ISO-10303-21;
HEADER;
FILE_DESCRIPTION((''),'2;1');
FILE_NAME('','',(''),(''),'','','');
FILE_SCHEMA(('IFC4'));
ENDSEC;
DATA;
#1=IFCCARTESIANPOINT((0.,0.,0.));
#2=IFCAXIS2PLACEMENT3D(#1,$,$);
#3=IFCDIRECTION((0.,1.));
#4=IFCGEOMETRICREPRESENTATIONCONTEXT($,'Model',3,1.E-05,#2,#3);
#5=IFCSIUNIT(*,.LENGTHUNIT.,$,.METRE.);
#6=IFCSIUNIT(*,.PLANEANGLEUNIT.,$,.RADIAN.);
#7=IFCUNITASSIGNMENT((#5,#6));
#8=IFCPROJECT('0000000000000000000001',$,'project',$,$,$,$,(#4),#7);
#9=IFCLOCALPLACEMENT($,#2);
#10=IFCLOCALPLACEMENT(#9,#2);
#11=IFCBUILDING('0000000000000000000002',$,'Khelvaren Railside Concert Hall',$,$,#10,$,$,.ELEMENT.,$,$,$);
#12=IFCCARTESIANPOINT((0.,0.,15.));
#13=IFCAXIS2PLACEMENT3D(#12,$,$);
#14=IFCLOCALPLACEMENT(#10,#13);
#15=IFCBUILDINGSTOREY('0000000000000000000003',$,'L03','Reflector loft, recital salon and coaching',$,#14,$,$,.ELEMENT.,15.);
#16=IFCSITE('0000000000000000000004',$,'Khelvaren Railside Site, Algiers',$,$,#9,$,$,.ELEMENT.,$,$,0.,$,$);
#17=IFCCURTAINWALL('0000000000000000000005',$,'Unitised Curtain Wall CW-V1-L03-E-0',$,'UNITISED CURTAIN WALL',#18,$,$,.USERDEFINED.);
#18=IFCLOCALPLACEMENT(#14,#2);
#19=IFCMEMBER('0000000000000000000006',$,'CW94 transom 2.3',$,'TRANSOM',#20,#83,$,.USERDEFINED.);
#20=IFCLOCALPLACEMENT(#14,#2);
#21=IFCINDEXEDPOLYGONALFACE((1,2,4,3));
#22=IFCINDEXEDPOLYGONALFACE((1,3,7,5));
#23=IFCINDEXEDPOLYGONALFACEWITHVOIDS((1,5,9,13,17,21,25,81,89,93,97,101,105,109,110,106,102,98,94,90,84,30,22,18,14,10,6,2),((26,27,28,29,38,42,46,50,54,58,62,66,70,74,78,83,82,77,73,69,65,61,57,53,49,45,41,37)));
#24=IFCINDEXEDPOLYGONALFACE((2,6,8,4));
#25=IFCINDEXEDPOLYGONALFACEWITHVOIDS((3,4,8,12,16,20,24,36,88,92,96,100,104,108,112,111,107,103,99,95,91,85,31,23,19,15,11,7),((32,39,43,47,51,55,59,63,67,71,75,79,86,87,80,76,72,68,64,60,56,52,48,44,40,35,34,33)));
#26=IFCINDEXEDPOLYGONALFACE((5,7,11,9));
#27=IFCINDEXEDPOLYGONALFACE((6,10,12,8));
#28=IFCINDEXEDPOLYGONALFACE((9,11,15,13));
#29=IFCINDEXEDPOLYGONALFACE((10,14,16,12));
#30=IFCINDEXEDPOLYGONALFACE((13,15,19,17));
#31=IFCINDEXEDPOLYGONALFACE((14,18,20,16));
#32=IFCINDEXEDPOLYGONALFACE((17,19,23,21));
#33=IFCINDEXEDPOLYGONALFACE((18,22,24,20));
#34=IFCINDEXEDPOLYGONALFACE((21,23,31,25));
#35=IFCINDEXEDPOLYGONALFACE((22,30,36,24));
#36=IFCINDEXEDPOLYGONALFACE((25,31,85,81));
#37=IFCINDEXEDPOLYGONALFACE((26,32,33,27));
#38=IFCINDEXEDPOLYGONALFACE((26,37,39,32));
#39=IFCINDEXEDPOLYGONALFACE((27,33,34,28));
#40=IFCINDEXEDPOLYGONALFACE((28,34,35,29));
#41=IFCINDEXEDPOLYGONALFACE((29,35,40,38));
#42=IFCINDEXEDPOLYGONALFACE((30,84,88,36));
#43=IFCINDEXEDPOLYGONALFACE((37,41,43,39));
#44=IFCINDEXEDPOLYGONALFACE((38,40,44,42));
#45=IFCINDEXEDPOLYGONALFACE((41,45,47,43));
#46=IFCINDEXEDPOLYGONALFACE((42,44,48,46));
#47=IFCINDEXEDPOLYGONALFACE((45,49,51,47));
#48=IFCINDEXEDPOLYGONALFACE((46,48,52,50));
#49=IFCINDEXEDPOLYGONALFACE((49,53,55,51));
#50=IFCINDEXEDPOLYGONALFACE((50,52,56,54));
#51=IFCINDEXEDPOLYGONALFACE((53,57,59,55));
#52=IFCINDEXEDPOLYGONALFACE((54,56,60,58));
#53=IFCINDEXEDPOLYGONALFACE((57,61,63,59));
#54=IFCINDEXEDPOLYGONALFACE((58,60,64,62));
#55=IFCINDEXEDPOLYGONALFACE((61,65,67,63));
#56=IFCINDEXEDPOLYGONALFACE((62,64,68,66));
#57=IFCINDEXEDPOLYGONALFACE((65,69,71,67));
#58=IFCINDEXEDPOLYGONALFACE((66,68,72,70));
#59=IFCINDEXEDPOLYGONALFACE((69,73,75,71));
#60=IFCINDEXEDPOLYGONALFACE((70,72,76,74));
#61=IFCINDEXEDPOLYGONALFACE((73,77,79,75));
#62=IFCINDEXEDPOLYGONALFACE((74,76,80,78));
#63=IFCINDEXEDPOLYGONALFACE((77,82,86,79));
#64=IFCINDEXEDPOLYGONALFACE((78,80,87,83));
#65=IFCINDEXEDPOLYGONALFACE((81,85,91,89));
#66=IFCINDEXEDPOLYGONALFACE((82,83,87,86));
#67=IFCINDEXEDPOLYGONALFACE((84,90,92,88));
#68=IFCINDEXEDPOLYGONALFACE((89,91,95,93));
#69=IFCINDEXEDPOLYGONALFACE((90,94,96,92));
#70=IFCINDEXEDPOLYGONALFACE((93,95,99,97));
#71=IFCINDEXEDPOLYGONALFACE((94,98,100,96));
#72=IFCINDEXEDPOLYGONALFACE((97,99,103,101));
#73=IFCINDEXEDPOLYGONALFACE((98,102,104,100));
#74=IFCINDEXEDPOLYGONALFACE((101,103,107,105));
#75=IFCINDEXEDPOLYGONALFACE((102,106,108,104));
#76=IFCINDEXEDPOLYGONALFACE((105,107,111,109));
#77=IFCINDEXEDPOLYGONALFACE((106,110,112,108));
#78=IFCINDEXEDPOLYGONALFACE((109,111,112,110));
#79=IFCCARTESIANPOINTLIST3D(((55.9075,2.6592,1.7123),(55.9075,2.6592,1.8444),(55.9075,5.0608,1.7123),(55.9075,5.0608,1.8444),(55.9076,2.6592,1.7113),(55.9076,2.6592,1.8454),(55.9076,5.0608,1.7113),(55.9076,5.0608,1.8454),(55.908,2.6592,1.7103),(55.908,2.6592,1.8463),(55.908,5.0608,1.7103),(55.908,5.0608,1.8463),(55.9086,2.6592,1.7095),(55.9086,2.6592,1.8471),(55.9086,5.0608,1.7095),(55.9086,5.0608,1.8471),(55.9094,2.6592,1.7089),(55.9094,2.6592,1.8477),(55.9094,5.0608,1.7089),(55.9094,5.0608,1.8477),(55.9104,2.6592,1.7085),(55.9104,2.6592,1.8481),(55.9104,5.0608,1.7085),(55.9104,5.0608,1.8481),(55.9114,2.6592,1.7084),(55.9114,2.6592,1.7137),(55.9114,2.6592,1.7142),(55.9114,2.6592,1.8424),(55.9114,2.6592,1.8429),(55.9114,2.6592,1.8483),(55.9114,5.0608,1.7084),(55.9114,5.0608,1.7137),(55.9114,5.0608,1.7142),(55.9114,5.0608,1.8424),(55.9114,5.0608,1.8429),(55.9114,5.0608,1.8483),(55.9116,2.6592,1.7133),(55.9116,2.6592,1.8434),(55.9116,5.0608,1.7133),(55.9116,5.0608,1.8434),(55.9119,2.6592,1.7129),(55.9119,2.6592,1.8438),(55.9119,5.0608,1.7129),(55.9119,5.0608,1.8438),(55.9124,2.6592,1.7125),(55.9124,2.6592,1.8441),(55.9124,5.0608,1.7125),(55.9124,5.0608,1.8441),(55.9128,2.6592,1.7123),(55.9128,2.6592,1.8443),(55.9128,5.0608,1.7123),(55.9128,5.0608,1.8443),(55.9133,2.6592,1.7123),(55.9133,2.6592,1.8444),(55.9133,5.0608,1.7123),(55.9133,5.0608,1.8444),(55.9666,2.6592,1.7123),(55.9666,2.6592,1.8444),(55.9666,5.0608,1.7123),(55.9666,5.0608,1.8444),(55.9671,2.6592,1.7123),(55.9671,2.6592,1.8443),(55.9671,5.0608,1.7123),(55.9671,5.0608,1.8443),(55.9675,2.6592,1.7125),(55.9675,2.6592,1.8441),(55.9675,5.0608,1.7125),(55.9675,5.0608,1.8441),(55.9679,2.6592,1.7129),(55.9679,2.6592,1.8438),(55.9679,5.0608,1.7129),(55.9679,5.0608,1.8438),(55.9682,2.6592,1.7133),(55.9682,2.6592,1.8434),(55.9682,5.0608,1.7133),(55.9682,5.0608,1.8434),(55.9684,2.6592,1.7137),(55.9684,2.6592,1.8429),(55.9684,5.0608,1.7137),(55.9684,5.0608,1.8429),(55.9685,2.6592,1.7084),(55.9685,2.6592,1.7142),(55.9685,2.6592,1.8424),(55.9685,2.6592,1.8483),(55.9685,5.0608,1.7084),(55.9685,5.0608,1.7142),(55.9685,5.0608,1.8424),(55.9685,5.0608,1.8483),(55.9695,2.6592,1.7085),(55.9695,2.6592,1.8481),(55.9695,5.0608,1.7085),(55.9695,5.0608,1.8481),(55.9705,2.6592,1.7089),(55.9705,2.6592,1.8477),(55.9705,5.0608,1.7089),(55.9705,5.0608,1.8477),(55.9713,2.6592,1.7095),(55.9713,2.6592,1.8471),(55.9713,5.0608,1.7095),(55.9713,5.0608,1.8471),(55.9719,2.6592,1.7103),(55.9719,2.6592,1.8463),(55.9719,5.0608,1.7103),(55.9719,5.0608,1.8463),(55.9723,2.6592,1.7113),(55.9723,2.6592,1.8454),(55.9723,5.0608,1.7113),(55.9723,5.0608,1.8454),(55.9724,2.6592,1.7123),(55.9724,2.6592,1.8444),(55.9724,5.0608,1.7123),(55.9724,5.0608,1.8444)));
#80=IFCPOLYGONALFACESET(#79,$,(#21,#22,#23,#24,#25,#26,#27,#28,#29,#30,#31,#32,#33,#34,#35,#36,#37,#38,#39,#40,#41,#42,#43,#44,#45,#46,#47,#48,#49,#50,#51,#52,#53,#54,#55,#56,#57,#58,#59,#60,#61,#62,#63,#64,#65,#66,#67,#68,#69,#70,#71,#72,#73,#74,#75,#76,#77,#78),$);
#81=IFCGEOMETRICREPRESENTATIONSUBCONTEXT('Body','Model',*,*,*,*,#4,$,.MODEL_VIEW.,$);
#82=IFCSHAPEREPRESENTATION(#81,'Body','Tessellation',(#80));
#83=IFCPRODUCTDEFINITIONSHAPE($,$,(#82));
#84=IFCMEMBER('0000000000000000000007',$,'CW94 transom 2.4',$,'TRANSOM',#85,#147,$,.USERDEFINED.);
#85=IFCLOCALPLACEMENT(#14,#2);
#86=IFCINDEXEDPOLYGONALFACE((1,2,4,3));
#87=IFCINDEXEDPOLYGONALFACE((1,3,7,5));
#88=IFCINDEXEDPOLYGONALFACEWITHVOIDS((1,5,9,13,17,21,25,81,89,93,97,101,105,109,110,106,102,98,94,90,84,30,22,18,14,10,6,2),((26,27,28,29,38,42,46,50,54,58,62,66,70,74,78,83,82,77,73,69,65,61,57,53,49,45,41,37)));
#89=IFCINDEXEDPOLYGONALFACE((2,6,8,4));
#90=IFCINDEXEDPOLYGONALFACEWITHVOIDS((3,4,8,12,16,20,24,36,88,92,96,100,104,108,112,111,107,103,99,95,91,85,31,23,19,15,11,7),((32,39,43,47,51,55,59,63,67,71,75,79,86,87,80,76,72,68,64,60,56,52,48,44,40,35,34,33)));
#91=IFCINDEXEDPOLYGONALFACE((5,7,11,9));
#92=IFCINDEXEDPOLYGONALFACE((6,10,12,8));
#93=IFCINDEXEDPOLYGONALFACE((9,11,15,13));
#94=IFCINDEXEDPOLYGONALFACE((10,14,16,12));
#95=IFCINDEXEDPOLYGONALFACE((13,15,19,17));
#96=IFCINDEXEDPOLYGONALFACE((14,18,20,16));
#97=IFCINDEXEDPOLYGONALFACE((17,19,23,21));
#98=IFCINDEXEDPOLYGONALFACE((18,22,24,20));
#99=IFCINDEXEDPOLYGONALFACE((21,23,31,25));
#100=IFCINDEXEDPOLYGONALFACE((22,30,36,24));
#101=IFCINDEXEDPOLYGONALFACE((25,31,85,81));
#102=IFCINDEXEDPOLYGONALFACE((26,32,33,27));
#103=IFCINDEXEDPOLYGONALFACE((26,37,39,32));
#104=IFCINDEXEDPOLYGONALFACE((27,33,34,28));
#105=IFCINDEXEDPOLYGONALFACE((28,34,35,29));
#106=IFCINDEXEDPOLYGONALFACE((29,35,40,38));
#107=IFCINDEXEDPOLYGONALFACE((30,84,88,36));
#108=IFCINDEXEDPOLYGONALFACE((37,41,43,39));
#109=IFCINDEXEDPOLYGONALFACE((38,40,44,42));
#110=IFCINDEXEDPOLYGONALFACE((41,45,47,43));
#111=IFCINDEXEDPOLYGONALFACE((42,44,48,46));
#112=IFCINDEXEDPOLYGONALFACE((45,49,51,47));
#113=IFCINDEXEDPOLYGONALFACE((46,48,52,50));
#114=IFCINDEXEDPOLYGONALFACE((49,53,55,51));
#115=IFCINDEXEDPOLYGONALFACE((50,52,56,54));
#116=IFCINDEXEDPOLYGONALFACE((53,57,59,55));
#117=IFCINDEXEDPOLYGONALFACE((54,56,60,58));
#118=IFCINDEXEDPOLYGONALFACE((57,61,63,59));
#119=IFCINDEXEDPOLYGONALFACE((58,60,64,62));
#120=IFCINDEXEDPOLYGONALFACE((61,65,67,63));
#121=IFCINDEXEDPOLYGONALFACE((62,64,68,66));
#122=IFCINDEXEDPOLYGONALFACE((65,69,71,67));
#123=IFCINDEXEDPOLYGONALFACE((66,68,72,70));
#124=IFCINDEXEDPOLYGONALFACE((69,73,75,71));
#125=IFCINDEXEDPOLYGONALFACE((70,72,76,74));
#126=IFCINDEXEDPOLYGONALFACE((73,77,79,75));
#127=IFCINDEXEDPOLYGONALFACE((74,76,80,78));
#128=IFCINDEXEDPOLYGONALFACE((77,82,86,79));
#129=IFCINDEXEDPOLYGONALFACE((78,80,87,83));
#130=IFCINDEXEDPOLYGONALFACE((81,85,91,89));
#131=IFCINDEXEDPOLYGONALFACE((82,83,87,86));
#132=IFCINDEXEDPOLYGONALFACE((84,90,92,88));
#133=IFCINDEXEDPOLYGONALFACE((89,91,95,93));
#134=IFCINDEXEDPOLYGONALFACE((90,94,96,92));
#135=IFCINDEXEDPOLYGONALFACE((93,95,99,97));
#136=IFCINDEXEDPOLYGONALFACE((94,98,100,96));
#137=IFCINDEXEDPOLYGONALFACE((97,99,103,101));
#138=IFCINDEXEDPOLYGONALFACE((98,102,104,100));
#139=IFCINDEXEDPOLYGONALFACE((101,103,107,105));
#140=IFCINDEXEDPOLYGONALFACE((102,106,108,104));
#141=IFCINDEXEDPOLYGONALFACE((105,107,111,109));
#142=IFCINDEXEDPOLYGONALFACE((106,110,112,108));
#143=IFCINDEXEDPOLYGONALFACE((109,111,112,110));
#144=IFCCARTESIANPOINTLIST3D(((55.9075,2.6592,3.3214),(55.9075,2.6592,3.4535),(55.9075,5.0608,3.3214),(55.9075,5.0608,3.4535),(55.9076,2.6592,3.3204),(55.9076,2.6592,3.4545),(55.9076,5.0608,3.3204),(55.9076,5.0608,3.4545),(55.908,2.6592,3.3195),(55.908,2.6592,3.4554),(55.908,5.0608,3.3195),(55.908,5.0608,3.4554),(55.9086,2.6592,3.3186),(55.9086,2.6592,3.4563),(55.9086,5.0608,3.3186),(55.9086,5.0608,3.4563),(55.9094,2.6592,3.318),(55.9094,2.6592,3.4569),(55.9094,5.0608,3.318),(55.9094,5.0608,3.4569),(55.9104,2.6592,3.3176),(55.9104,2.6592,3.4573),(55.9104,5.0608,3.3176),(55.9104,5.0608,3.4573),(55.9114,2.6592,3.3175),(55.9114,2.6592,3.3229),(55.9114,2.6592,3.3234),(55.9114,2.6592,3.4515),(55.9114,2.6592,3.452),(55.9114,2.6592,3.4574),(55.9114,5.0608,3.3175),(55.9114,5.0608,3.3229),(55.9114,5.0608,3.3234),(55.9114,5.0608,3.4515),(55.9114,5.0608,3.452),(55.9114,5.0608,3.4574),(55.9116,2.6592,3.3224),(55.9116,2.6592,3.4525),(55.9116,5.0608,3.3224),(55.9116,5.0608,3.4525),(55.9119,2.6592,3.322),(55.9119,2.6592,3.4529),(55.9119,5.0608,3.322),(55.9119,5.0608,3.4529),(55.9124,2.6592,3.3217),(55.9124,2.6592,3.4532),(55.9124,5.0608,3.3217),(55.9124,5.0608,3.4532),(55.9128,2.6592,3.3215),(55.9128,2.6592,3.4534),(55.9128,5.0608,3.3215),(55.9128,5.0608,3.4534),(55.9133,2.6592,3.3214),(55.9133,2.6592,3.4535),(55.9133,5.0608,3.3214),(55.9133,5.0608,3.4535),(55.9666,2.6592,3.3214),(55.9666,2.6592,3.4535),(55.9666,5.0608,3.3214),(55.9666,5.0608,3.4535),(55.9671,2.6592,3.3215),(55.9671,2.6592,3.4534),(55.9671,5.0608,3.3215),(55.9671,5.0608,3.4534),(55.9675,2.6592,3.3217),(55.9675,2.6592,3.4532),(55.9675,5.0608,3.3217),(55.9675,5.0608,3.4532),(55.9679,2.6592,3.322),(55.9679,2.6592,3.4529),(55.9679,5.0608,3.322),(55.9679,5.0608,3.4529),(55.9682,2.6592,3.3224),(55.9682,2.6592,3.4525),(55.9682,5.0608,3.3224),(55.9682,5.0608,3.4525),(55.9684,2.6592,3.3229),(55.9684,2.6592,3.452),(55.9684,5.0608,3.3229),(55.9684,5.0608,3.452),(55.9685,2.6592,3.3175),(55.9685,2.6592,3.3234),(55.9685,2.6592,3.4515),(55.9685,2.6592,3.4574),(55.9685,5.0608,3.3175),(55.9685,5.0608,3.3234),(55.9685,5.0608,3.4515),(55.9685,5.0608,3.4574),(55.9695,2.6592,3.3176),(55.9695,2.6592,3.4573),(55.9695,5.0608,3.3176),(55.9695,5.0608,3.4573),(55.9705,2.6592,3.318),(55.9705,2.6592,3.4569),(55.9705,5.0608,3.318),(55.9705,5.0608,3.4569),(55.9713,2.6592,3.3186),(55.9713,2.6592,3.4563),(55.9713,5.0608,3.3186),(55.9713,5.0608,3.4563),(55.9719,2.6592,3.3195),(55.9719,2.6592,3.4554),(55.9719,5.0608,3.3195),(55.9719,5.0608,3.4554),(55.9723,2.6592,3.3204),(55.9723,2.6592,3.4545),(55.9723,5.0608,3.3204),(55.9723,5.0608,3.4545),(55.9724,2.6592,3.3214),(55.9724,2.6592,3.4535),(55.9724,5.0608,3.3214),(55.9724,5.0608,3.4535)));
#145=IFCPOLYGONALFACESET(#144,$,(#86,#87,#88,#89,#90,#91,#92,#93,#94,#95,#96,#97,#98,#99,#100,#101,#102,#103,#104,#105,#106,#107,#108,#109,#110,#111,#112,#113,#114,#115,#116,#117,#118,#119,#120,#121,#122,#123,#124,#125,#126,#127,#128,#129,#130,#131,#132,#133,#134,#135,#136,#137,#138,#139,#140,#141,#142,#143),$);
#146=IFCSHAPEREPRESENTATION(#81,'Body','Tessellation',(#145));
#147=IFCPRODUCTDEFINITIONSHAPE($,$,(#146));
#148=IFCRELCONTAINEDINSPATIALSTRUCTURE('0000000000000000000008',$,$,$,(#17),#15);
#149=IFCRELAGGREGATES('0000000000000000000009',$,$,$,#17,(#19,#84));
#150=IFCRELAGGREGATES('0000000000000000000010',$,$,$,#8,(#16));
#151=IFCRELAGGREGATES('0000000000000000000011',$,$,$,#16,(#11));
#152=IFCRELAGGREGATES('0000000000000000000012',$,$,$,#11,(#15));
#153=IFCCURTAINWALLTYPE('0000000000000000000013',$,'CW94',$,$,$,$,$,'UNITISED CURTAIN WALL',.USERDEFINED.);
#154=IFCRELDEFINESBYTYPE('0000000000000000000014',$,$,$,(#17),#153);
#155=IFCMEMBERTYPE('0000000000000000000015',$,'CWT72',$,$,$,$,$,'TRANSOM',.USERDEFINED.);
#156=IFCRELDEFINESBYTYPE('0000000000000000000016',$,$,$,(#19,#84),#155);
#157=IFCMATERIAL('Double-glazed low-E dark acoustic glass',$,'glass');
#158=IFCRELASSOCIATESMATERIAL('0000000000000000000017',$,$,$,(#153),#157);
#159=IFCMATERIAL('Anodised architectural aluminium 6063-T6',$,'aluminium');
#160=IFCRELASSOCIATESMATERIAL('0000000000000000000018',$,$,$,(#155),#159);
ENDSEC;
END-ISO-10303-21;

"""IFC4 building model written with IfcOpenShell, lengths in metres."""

from ifc_helpers import new_model, si_unit, direction, frame, origin, origin_2d, place, context, subcontext, project, spatial, hollow_rectangle, extrude, material, material_profile, profile_set, type_object, element, aggregate, save


model = new_model("IFC4")

# Units and contexts
model_context = context("Model", 3, precision=1e-05, world=origin(), true_north=direction((0.0, 1.0)))
body_context = subcontext(model_context, "Body", "Model", "MODEL_VIEW")
ifc_project = project(units=[si_unit("LENGTHUNIT", "METRE"), si_unit("PLANEANGLEUNIT", "RADIAN")], contexts=[model_context])

# Site, building, storey
site_placement = place(None, origin())
site = spatial("IfcSite", under=ifc_project, at=site_placement, Name="Khelvaren Railside Site, Algiers", CompositionType="ELEMENT", RefElevation=0.0)
building_placement = place(site_placement, origin())
building = spatial("IfcBuilding", under=site, at=building_placement, Name="Khelvaren Railside Concert Hall", CompositionType="ELEMENT")
storey_placement = place(building_placement, frame((0.0, 0.0, 15.0)))
storey = spatial("IfcBuildingStorey", under=building, at=storey_placement, Name="L03", Description="Reflector loft, recital salon and coaching", CompositionType="ELEMENT", Elevation=15.0)

# Curtain wall
ifc_material_1 = material(Name="Double-glazed low-E dark acoustic glass", Category="glass")
curtain_wall_type_1 = type_object("IfcCurtainWallType", Name="CW94", ElementType="UNITISED CURTAIN WALL", PredefinedType="USERDEFINED", material=ifc_material_1)
curtain_wall_1_placement = place(storey_placement, origin())
curtain_wall_1 = element("IfcCurtainWall", 1, at=curtain_wall_1_placement, inside=storey, type_object=curtain_wall_type_1, Name="Unitised Curtain Wall CW-V1-L03-E-0", ObjectType="UNITISED CURTAIN WALL", PredefinedType="USERDEFINED")
ifc_material_2 = material(Name="Anodised architectural aluminium 6063-T6", Category="aluminium")

# Members
ifc_material_profile_1 = material_profile(ifc_material_2, hollow_rectangle(XDim=0.0649, YDim=0.1399, WallThickness=0.0039, InnerFilletRadius=0.002, OuterFilletRadius=0.0039, at=origin_2d()), Name="CWT 65x140x4")
ifc_profile_set_1 = profile_set([ifc_material_profile_1], Name="Anodised architectural aluminium 6063-T6")
member_type_1 = type_object("IfcMemberType", Name="CWT72", ElementType="TRANSOM", PredefinedType="USERDEFINED", material=ifc_profile_set_1)
member_1_placement = place(storey_placement, frame((55.9399, 5.0608, 1.7783), z_axis=(0.0, -1.0, 0.0), x_axis=(1.0, 0.0, 0.0)))
member_1 = element("IfcMember", 2, at=member_1_placement, type_object=member_type_1, Name="CW94 transom 2.3", ObjectType="TRANSOM", PredefinedType="USERDEFINED", context=body_context, shape_type="SweptSolid", body=[
    extrude(hollow_rectangle(XDim=0.0649, YDim=0.1399, WallThickness=0.0039, InnerFilletRadius=0.002, OuterFilletRadius=0.0039, at=origin_2d()), origin(), (0.0, 0.0, 1.0), 2.4016),
])
member_2_placement = place(storey_placement, frame((55.9399, 5.0608, 3.3875), z_axis=(0.0, -1.0, 0.0), x_axis=(1.0, 0.0, 0.0)))
member_2 = element("IfcMember", 3, at=member_2_placement, type_object=member_type_1, Name="CW94 transom 2.4", ObjectType="TRANSOM", PredefinedType="USERDEFINED", context=body_context, shape_type="SweptSolid", body=[
    extrude(hollow_rectangle(XDim=0.0649, YDim=0.1399, WallThickness=0.0039, InnerFilletRadius=0.002, OuterFilletRadius=0.0039, at=origin_2d()), origin(), (0.0, 0.0, 1.0), 2.4016),
])

aggregate(curtain_wall_1, [member_1, member_2])

save(model, "model.ifc")
